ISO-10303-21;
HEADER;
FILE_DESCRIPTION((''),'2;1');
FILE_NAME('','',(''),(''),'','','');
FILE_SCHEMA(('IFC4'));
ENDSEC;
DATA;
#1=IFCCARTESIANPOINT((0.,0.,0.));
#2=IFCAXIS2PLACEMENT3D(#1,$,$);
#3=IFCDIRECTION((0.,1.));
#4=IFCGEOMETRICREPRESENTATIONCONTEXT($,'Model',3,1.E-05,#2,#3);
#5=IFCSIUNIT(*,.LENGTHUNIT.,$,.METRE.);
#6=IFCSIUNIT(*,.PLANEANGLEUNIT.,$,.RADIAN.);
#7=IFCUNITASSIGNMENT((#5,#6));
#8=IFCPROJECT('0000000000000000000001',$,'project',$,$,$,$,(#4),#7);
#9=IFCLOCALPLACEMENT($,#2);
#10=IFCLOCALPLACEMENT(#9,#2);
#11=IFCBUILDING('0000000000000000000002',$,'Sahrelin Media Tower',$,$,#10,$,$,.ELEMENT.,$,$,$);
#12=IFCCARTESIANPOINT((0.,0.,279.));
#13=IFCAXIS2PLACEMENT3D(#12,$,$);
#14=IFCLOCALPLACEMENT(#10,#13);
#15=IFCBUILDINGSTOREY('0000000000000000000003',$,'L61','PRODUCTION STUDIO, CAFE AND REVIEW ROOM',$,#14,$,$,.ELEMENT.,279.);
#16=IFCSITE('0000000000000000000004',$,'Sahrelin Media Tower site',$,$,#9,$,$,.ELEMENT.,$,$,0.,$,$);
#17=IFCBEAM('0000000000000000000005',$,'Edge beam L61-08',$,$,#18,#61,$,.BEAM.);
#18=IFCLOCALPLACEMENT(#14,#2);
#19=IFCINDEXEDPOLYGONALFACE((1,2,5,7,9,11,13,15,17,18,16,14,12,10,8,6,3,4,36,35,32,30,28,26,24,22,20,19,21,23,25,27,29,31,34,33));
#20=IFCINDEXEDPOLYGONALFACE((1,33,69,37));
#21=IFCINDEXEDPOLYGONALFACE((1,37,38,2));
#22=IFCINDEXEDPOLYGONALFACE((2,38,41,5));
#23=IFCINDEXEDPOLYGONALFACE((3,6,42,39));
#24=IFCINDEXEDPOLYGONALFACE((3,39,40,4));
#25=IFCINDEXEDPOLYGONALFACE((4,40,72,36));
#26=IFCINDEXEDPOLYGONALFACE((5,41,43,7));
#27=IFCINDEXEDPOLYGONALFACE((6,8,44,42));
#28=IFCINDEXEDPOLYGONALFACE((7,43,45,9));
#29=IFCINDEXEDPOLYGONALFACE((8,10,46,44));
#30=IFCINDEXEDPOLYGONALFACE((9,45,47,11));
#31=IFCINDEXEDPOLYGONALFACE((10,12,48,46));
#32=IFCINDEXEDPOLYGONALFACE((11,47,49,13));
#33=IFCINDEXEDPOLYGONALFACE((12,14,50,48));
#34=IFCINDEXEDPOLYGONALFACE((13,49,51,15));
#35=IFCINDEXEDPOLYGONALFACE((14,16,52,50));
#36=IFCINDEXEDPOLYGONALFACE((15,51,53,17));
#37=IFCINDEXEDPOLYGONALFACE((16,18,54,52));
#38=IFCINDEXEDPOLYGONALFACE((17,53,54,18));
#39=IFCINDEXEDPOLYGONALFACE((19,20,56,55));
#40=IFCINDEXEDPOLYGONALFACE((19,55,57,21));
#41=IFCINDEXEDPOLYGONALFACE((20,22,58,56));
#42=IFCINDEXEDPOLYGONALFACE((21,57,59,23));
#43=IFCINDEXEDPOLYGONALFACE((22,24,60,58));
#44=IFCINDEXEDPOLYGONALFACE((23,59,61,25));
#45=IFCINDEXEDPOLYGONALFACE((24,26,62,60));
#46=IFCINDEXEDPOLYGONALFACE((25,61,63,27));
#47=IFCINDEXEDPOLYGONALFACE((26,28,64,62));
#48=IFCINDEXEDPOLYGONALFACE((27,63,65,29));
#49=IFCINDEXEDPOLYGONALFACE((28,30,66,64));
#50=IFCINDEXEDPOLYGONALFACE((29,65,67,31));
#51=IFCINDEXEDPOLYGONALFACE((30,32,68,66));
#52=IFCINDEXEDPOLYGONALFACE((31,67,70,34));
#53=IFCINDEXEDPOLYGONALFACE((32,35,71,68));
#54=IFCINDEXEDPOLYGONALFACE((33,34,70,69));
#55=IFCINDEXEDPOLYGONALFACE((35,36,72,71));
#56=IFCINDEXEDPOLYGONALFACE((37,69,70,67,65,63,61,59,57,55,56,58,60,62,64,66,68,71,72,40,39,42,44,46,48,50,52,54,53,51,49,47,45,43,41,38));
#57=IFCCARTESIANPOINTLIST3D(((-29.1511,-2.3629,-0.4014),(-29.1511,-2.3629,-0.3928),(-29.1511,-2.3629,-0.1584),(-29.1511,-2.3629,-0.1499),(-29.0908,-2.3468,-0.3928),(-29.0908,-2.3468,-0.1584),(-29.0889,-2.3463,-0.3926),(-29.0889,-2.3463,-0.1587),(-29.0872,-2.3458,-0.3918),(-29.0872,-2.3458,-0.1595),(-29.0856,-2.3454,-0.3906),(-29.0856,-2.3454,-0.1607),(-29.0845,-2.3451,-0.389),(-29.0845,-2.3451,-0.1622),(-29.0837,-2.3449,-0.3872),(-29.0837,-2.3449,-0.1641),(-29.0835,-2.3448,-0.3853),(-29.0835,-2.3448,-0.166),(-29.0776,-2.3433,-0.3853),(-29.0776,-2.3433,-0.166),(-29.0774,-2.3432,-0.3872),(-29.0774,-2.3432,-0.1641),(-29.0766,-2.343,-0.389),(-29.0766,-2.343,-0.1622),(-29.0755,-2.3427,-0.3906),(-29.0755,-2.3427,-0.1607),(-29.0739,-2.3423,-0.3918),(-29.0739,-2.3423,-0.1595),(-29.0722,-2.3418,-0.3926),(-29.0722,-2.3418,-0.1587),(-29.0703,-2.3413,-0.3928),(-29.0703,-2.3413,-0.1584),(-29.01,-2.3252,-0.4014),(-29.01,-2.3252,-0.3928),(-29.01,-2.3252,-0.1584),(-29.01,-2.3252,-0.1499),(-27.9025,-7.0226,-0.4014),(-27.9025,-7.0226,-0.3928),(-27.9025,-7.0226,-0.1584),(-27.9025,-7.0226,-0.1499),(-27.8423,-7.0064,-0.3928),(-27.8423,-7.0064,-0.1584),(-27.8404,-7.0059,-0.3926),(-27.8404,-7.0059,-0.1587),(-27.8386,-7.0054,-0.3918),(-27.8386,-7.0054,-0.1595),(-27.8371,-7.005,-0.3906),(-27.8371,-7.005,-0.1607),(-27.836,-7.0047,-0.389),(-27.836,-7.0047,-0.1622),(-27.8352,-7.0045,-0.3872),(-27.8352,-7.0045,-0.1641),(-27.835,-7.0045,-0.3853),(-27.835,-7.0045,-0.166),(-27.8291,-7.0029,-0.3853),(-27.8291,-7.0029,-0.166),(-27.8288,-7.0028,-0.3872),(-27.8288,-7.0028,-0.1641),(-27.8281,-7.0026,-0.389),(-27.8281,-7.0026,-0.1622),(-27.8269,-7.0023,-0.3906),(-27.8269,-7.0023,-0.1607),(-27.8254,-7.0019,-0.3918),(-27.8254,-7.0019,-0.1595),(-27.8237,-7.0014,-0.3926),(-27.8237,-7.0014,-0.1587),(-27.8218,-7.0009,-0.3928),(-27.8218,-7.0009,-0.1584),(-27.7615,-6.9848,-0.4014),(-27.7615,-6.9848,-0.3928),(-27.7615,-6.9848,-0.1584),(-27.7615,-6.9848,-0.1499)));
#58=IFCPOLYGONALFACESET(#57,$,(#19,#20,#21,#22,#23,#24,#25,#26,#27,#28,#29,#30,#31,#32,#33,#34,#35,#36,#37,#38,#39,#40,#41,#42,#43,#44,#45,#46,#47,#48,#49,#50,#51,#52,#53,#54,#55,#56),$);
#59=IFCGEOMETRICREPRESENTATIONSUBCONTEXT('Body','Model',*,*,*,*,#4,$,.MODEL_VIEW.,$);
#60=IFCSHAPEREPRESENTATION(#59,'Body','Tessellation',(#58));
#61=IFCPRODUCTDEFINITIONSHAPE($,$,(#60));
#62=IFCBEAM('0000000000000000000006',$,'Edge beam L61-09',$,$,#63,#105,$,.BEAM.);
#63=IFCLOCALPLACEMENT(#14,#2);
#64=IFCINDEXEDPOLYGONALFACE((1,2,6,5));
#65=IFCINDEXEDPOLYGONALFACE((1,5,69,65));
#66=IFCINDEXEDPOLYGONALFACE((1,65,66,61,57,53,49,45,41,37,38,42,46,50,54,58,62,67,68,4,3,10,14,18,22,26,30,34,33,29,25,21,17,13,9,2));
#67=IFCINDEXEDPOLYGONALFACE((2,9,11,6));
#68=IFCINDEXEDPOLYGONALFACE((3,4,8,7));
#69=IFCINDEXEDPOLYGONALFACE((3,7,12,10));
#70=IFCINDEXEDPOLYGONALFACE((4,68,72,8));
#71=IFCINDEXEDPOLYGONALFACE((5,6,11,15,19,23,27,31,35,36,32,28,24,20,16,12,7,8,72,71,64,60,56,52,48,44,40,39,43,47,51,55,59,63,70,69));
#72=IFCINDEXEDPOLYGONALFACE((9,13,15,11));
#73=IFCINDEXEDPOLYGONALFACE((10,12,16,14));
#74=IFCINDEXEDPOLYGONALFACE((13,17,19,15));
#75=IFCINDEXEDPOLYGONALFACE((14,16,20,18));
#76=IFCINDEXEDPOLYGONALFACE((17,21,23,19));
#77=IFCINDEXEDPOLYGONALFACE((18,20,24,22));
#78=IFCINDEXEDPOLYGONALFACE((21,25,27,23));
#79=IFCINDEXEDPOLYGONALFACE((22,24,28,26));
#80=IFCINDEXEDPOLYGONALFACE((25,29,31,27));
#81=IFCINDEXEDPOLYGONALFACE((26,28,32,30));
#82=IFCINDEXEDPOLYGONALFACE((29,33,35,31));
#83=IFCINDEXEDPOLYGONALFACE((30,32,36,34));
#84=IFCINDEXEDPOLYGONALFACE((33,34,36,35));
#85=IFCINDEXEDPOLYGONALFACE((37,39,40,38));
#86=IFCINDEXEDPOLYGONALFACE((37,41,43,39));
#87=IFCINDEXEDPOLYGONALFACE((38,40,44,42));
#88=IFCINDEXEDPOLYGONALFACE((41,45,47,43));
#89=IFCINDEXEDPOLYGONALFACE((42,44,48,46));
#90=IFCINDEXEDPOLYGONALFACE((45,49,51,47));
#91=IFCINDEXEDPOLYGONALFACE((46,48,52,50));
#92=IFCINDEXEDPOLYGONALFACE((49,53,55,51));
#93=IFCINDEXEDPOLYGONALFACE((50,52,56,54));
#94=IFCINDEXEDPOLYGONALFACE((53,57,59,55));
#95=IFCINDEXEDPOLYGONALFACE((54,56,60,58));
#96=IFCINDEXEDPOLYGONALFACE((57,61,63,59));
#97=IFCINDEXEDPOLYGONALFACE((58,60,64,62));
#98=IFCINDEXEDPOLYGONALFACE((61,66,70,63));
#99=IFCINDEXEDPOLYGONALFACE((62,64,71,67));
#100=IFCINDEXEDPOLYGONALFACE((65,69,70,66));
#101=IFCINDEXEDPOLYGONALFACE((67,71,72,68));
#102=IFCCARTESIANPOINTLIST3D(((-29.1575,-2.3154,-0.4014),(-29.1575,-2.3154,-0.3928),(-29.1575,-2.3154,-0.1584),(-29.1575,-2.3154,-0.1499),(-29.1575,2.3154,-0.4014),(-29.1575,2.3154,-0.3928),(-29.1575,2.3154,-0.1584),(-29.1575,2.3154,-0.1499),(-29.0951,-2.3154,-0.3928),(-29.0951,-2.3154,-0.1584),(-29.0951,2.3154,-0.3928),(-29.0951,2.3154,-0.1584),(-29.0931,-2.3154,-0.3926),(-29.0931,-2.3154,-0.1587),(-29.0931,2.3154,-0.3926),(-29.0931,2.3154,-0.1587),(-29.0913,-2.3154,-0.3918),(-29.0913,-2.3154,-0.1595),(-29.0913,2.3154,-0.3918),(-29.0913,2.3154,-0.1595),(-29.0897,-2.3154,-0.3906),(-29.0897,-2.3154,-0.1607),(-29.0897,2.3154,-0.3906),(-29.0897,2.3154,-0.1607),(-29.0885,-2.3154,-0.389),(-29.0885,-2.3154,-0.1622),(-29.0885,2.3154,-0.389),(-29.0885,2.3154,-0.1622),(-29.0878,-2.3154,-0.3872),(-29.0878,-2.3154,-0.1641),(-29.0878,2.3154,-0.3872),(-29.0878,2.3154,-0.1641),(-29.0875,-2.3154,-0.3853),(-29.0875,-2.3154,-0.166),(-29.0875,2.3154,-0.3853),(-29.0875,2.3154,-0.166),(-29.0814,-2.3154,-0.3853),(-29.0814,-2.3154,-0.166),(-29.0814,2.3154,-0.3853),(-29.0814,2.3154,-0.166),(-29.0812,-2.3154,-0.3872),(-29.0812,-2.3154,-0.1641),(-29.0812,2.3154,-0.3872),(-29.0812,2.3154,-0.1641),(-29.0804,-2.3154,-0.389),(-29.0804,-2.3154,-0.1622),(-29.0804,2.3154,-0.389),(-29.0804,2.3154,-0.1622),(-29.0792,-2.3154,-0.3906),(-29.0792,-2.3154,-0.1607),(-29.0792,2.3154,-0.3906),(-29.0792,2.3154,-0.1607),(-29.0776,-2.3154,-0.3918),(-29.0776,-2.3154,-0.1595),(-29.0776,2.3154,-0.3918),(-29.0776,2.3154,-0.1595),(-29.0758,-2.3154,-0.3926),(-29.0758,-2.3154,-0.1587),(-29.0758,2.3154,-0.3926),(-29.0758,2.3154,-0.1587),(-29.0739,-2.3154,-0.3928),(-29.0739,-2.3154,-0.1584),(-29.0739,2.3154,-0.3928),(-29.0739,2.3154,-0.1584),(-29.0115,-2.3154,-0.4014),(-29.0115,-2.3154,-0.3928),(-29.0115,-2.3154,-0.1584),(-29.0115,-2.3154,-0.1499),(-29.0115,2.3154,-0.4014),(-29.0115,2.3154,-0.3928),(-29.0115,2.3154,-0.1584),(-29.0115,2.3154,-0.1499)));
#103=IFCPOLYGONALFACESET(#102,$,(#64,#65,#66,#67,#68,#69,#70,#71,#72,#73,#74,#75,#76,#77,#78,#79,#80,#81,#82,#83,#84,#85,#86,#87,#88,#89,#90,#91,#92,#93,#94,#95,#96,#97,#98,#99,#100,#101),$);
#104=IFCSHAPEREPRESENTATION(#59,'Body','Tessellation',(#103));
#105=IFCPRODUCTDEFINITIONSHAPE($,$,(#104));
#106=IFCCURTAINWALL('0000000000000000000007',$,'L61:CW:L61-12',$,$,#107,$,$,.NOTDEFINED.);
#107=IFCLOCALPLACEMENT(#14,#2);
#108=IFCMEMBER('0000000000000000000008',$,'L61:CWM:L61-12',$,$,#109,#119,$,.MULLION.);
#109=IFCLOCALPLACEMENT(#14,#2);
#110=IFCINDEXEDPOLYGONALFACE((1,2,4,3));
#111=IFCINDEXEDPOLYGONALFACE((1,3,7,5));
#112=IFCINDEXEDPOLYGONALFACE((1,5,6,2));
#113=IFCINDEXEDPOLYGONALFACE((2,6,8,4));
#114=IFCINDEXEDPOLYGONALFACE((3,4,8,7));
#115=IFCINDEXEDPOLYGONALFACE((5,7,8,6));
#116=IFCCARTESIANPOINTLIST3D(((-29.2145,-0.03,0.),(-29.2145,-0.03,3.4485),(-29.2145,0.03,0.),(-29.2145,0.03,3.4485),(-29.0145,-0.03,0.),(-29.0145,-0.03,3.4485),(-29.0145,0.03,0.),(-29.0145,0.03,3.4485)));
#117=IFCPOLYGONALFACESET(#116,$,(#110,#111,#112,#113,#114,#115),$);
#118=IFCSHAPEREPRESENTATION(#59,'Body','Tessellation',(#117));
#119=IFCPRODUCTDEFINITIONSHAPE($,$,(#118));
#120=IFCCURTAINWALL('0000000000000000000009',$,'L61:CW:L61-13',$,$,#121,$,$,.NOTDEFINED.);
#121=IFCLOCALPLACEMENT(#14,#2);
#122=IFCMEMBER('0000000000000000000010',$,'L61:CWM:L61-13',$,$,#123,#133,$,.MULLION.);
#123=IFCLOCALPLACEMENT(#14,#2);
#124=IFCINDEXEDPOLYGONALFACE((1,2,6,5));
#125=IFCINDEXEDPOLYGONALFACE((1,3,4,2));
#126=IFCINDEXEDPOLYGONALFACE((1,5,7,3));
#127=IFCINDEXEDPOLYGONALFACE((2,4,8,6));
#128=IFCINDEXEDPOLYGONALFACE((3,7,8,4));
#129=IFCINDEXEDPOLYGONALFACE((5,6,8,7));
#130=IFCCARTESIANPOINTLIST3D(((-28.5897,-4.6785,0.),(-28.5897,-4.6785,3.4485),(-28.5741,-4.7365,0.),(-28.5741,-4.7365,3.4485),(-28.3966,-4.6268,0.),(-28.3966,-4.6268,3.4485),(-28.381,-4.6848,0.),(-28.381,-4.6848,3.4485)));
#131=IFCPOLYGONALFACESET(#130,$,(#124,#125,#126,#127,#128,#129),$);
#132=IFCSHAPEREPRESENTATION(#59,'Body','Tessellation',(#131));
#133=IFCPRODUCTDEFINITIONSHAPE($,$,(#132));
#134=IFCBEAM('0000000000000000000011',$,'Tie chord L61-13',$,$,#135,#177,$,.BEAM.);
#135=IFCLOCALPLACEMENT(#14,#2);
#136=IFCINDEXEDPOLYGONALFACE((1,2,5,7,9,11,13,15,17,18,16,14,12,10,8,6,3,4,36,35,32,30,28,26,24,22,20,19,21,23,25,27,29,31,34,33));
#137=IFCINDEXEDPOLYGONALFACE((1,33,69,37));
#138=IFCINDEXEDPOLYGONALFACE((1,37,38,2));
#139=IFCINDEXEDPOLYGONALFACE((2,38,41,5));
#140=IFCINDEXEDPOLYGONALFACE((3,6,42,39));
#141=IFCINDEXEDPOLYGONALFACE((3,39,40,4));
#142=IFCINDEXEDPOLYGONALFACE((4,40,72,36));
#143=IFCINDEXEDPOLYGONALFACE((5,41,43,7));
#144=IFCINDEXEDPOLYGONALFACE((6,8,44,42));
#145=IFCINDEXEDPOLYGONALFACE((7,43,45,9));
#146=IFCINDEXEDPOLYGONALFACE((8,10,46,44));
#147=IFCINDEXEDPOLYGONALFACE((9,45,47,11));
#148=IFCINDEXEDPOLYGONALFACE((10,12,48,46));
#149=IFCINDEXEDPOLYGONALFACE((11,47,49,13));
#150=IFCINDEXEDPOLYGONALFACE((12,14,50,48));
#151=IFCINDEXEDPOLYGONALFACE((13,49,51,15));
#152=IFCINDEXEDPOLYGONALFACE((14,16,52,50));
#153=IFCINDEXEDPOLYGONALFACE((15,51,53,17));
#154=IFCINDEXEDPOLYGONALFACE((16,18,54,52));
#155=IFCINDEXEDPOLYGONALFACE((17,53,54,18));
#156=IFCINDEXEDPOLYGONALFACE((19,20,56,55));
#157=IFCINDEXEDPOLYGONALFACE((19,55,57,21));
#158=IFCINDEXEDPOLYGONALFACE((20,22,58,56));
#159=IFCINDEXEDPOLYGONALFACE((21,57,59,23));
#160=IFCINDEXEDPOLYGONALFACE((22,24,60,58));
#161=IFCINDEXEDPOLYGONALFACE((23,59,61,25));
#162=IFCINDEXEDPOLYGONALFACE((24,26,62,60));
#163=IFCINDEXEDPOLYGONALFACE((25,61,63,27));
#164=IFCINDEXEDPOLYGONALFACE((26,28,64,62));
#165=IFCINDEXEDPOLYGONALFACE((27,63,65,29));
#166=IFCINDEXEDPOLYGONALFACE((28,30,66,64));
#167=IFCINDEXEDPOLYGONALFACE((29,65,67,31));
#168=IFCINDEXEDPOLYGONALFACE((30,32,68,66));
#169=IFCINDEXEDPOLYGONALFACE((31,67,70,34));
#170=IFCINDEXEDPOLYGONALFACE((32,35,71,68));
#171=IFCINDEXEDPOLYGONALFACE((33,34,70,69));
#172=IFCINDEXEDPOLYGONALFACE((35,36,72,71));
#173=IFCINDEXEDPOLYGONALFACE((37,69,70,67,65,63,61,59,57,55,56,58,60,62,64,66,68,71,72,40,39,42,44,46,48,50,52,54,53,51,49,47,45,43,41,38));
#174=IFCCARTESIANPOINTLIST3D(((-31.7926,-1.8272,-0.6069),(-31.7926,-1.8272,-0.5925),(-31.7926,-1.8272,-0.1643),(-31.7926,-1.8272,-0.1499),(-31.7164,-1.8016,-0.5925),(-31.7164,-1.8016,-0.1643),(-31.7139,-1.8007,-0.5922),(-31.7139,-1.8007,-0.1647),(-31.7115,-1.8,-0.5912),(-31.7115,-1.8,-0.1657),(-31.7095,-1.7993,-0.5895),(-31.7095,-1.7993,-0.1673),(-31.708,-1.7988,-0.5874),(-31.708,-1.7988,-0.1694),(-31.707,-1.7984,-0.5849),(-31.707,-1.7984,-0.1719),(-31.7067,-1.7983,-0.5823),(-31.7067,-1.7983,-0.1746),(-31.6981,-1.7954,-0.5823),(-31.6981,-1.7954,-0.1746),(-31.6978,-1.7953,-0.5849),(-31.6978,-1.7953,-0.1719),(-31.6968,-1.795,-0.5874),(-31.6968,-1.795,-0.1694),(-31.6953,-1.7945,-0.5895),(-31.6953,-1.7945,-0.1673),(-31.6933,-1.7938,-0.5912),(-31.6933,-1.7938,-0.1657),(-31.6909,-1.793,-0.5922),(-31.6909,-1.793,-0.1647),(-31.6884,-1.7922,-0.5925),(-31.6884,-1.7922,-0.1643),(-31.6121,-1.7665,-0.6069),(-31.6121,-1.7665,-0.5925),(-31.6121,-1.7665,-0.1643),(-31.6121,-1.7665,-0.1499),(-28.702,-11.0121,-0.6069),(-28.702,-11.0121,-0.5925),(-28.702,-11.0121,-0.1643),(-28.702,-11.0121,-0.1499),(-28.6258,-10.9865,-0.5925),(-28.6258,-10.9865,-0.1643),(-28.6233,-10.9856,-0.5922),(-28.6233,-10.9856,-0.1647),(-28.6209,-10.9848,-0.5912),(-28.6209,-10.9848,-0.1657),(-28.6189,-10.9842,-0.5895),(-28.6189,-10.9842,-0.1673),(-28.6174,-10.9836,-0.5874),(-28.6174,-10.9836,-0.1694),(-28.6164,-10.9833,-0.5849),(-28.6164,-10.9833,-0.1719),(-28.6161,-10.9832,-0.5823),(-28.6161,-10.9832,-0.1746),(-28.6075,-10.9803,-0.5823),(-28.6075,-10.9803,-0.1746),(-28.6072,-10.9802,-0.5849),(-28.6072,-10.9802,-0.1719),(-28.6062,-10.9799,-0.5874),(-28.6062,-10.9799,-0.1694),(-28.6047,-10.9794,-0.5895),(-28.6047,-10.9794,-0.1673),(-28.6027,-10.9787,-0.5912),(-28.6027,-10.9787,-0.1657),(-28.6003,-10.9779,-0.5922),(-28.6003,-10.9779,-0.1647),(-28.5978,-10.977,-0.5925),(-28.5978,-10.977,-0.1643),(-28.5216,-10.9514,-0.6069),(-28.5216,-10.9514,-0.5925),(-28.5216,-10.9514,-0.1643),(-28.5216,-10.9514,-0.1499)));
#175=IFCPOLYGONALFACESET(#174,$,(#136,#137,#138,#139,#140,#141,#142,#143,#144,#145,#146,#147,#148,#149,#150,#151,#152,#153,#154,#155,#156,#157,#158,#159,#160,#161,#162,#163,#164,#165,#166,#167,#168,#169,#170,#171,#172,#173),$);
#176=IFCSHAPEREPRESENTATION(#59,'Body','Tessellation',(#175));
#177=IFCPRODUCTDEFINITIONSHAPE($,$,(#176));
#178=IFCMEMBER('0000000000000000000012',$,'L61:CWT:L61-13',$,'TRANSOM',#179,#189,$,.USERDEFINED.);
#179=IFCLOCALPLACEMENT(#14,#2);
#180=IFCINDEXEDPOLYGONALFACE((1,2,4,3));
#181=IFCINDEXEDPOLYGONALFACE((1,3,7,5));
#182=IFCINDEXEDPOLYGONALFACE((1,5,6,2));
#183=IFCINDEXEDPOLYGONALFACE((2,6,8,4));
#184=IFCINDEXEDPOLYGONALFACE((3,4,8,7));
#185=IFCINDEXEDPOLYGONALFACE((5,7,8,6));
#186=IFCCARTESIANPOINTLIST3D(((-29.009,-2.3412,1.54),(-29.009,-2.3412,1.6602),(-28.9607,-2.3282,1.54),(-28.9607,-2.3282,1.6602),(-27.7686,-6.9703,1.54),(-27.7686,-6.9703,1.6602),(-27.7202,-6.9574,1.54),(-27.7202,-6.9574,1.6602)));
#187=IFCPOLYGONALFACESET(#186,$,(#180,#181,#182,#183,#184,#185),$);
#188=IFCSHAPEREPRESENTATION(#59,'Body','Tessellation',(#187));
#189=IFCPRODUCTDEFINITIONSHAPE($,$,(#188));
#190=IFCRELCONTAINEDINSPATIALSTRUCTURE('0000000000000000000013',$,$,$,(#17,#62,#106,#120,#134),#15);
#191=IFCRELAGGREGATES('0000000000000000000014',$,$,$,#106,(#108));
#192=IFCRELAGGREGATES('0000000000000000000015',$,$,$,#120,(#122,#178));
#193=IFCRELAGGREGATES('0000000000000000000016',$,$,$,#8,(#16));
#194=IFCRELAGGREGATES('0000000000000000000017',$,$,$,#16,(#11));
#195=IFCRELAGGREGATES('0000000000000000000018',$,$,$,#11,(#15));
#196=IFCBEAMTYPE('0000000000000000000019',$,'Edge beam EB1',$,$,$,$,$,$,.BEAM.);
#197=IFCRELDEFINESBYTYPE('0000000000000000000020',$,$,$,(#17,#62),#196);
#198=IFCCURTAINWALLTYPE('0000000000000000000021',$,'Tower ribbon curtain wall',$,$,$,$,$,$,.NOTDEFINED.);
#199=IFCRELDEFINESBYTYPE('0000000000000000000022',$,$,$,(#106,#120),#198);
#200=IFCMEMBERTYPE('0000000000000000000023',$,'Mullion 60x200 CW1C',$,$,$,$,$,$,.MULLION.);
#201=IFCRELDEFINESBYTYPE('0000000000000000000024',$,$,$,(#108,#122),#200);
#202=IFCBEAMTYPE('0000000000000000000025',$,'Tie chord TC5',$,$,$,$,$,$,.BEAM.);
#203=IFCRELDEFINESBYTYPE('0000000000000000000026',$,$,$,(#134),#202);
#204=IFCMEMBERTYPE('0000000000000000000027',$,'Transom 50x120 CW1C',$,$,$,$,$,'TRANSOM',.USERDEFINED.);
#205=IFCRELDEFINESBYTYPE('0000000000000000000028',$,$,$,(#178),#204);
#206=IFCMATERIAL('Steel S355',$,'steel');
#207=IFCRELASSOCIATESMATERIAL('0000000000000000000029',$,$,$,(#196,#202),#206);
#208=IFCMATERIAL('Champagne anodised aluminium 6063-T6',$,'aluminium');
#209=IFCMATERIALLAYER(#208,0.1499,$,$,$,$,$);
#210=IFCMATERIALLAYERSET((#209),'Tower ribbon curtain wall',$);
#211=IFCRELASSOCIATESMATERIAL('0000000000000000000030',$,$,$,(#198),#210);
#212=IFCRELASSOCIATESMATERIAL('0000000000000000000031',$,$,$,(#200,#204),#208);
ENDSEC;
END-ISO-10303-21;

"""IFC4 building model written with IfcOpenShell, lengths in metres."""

from ifc_helpers import new_model, si_unit, direction, frame, origin, origin_2d, place, context, subcontext, project, spatial, rectangle, i_section, extrude, material, layer, layer_set, material_profile, profile_set, type_object, element, aggregate, save


model = new_model("IFC4")

# Units and contexts
model_context = context("Model", 3, precision=1e-05, world=origin(), true_north=direction((0.0, 1.0)))
body_context = subcontext(model_context, "Body", "Model", "MODEL_VIEW")
ifc_project = project(units=[si_unit("LENGTHUNIT", "METRE"), si_unit("PLANEANGLEUNIT", "RADIAN")], contexts=[model_context])

# Site, building, storey
site_placement = place(None, origin())
site = spatial("IfcSite", under=ifc_project, at=site_placement, Name="Sahrelin Media Tower site", CompositionType="ELEMENT", RefElevation=0.0)
building_placement = place(site_placement, origin())
building = spatial("IfcBuilding", under=site, at=building_placement, Name="Sahrelin Media Tower", CompositionType="ELEMENT")
storey_placement = place(building_placement, frame((0.0, 0.0, 279.0)))
storey = spatial("IfcBuildingStorey", under=building, at=storey_placement, Name="L61", Description="PRODUCTION STUDIO, CAFE AND REVIEW ROOM", CompositionType="ELEMENT", Elevation=279.0)

# Beams
ifc_material_1 = material(Name="Steel S355", Category="steel")
ifc_material_profile_1 = material_profile(ifc_material_1, i_section(OverallWidth=0.146, OverallDepth=0.2515, WebThickness=0.0061, FlangeThickness=0.0085, FilletRadius=0.0076, at=origin_2d()), Name="UB 254x146x31")
ifc_profile_set_1 = profile_set([ifc_material_profile_1], Name="Steel S355")
beam_type_1 = type_object("IfcBeamType", Name="Edge beam EB1", PredefinedType="BEAM", material=ifc_profile_set_1)
beam_1_placement = place(storey_placement, frame((-27.832, -7.0037, -0.2756), z_axis=(-0.258815, 0.965927, 0.0), x_axis=(-0.965927, -0.258815, 0.0)))
element("IfcBeam", 1, at=beam_1_placement, inside=storey, type_object=beam_type_1, Name="Edge beam L61-08", PredefinedType="BEAM", context=body_context, shape_type="SweptSolid", body=[
    extrude(i_section(OverallWidth=0.146, OverallDepth=0.2515, WebThickness=0.0061, FlangeThickness=0.0085, FilletRadius=0.0076, at=origin_2d()), origin(), (0.0, 0.0, 1.0), 4.824),
])
beam_2_placement = place(storey_placement, frame((-29.0845, -2.3154, -0.2756), z_axis=(0.0, 1.0, 0.0), x_axis=(-1.0, 0.0, 0.0)))
element("IfcBeam", 2, at=beam_2_placement, inside=storey, type_object=beam_type_1, Name="Edge beam L61-09", PredefinedType="BEAM", context=body_context, shape_type="SweptSolid", body=[
    extrude(i_section(OverallWidth=0.146, OverallDepth=0.2515, WebThickness=0.0061, FlangeThickness=0.0085, FilletRadius=0.0076, at=origin_2d()), origin(), (0.0, 0.0, 1.0), 4.6309),
])

# Curtain walls, members
ifc_material_2 = material(Name="Champagne anodised aluminium 6063-T6", Category="aluminium")
ifc_layer_1 = layer(ifc_material_2, 0.1499)
ifc_layer_set_1 = layer_set([ifc_layer_1], Name="Tower ribbon curtain wall")
curtain_wall_type = type_object("IfcCurtainWallType", Name="Tower ribbon curtain wall", PredefinedType="NOTDEFINED", material=ifc_layer_set_1)
curtain_wall_1_placement = place(storey_placement, frame((-29.2344, 0.0, 0.0), z_axis=(0.0, 0.0, 1.0), x_axis=(1.0, 0.0, 0.0)))
curtain_wall_1 = element("IfcCurtainWall", 3, at=curtain_wall_1_placement, inside=storey, type_object=curtain_wall_type, Name="L61:CW:L61-12", PredefinedType="NOTDEFINED")
ifc_material_profile_2 = material_profile(ifc_material_2, rectangle(XDim=0.0601, YDim=0.2, at=origin_2d()), Name="Mullion 60x200")
ifc_profile_set_2 = profile_set([ifc_material_profile_2], Name="Champagne anodised aluminium 6063-T6")
member_type_1 = type_object("IfcMemberType", Name="Mullion 60x200 CW1C", PredefinedType="MULLION", material=ifc_profile_set_2)
member_1_placement = place(storey_placement, frame((-29.1145, 0.0, 0.0), z_axis=(0.0, 0.0, 1.0), x_axis=(0.0, -1.0, 0.0)))
member_1 = element("IfcMember", 4, at=member_1_placement, type_object=member_type_1, Name="L61:CWM:L61-12", PredefinedType="MULLION", context=body_context, shape_type="SweptSolid", body=[
    extrude(rectangle(XDim=0.0601, YDim=0.2, at=origin_2d()), origin(), (0.0, 0.0, 1.0), 3.4485),
])
aggregate(curtain_wall_1, [member_1])
curtain_wall_2_placement = place(storey_placement, frame((-28.6013, -4.7126, 0.0), z_axis=(0.0, 0.0, 1.0), x_axis=(1.0, 0.0, 0.0)))
curtain_wall_2 = element("IfcCurtainWall", 5, at=curtain_wall_2_placement, inside=storey, type_object=curtain_wall_type, Name="L61:CW:L61-13", PredefinedType="NOTDEFINED")
member_2_placement = place(storey_placement, frame((-28.4854, -4.6816, 0.0), z_axis=(0.0, 0.0, 1.0), x_axis=(0.258829, -0.965923, 0.0)))
member_2 = element("IfcMember", 6, at=member_2_placement, type_object=member_type_1, Name="L61:CWM:L61-13", PredefinedType="MULLION", context=body_context, shape_type="SweptSolid", body=[
    extrude(rectangle(XDim=0.0601, YDim=0.2, at=origin_2d()), origin(), (0.0, 0.0, 1.0), 3.4485),
])

# Beam
ifc_material_profile_3 = material_profile(ifc_material_1, i_section(OverallWidth=0.1904, OverallDepth=0.457, WebThickness=0.009, FlangeThickness=0.0144, FilletRadius=0.0103, at=origin_2d()), Name="UB 457x191x74")
ifc_profile_set_3 = profile_set([ifc_material_profile_3], Name="Steel S355")
beam_type_2 = type_object("IfcBeamType", Name="Tie chord TC5", PredefinedType="BEAM", material=ifc_profile_set_3)
beam_3_placement = place(storey_placement, frame((-31.7024, -1.7969, -0.3784), z_axis=(0.318917, -0.947783, 0.0), x_axis=(0.947783, 0.318917, 0.0)))
element("IfcBeam", 7, at=beam_3_placement, inside=storey, type_object=beam_type_2, Name="Tie chord L61-13", PredefinedType="BEAM", context=body_context, shape_type="SweptSolid", body=[
    extrude(i_section(OverallWidth=0.1904, OverallDepth=0.457, WebThickness=0.009, FlangeThickness=0.0144, FilletRadius=0.0103, at=origin_2d()), origin(), (0.0, 0.0, 1.0), 9.6909),
])

# Member
ifc_material_profile_4 = material_profile(ifc_material_2, rectangle(XDim=0.05, YDim=0.1201, at=origin_2d()), Name="Transom 50x120")
ifc_profile_set_4 = profile_set([ifc_material_profile_4], Name="Champagne anodised aluminium 6063-T6")
member_type_2 = type_object("IfcMemberType", Name="Transom 50x120 CW1C", ElementType="TRANSOM", PredefinedType="USERDEFINED", material=ifc_profile_set_4)
member_3_placement = place(storey_placement, frame((-28.9849, -2.3347, 1.6001), z_axis=(0.258839, -0.965921, 0.0), x_axis=(0.965921, 0.258839, 0.0)))
member_3 = element("IfcMember", 8, at=member_3_placement, type_object=member_type_2, Name="L61:CWT:L61-13", ObjectType="TRANSOM", PredefinedType="USERDEFINED", context=body_context, shape_type="SweptSolid", body=[
    extrude(rectangle(XDim=0.05, YDim=0.1201, at=origin_2d()), origin(), (0.0, 0.0, 1.0), 4.7925),
])

aggregate(curtain_wall_2, [member_2, member_3])

save(model, "model.ifc")
